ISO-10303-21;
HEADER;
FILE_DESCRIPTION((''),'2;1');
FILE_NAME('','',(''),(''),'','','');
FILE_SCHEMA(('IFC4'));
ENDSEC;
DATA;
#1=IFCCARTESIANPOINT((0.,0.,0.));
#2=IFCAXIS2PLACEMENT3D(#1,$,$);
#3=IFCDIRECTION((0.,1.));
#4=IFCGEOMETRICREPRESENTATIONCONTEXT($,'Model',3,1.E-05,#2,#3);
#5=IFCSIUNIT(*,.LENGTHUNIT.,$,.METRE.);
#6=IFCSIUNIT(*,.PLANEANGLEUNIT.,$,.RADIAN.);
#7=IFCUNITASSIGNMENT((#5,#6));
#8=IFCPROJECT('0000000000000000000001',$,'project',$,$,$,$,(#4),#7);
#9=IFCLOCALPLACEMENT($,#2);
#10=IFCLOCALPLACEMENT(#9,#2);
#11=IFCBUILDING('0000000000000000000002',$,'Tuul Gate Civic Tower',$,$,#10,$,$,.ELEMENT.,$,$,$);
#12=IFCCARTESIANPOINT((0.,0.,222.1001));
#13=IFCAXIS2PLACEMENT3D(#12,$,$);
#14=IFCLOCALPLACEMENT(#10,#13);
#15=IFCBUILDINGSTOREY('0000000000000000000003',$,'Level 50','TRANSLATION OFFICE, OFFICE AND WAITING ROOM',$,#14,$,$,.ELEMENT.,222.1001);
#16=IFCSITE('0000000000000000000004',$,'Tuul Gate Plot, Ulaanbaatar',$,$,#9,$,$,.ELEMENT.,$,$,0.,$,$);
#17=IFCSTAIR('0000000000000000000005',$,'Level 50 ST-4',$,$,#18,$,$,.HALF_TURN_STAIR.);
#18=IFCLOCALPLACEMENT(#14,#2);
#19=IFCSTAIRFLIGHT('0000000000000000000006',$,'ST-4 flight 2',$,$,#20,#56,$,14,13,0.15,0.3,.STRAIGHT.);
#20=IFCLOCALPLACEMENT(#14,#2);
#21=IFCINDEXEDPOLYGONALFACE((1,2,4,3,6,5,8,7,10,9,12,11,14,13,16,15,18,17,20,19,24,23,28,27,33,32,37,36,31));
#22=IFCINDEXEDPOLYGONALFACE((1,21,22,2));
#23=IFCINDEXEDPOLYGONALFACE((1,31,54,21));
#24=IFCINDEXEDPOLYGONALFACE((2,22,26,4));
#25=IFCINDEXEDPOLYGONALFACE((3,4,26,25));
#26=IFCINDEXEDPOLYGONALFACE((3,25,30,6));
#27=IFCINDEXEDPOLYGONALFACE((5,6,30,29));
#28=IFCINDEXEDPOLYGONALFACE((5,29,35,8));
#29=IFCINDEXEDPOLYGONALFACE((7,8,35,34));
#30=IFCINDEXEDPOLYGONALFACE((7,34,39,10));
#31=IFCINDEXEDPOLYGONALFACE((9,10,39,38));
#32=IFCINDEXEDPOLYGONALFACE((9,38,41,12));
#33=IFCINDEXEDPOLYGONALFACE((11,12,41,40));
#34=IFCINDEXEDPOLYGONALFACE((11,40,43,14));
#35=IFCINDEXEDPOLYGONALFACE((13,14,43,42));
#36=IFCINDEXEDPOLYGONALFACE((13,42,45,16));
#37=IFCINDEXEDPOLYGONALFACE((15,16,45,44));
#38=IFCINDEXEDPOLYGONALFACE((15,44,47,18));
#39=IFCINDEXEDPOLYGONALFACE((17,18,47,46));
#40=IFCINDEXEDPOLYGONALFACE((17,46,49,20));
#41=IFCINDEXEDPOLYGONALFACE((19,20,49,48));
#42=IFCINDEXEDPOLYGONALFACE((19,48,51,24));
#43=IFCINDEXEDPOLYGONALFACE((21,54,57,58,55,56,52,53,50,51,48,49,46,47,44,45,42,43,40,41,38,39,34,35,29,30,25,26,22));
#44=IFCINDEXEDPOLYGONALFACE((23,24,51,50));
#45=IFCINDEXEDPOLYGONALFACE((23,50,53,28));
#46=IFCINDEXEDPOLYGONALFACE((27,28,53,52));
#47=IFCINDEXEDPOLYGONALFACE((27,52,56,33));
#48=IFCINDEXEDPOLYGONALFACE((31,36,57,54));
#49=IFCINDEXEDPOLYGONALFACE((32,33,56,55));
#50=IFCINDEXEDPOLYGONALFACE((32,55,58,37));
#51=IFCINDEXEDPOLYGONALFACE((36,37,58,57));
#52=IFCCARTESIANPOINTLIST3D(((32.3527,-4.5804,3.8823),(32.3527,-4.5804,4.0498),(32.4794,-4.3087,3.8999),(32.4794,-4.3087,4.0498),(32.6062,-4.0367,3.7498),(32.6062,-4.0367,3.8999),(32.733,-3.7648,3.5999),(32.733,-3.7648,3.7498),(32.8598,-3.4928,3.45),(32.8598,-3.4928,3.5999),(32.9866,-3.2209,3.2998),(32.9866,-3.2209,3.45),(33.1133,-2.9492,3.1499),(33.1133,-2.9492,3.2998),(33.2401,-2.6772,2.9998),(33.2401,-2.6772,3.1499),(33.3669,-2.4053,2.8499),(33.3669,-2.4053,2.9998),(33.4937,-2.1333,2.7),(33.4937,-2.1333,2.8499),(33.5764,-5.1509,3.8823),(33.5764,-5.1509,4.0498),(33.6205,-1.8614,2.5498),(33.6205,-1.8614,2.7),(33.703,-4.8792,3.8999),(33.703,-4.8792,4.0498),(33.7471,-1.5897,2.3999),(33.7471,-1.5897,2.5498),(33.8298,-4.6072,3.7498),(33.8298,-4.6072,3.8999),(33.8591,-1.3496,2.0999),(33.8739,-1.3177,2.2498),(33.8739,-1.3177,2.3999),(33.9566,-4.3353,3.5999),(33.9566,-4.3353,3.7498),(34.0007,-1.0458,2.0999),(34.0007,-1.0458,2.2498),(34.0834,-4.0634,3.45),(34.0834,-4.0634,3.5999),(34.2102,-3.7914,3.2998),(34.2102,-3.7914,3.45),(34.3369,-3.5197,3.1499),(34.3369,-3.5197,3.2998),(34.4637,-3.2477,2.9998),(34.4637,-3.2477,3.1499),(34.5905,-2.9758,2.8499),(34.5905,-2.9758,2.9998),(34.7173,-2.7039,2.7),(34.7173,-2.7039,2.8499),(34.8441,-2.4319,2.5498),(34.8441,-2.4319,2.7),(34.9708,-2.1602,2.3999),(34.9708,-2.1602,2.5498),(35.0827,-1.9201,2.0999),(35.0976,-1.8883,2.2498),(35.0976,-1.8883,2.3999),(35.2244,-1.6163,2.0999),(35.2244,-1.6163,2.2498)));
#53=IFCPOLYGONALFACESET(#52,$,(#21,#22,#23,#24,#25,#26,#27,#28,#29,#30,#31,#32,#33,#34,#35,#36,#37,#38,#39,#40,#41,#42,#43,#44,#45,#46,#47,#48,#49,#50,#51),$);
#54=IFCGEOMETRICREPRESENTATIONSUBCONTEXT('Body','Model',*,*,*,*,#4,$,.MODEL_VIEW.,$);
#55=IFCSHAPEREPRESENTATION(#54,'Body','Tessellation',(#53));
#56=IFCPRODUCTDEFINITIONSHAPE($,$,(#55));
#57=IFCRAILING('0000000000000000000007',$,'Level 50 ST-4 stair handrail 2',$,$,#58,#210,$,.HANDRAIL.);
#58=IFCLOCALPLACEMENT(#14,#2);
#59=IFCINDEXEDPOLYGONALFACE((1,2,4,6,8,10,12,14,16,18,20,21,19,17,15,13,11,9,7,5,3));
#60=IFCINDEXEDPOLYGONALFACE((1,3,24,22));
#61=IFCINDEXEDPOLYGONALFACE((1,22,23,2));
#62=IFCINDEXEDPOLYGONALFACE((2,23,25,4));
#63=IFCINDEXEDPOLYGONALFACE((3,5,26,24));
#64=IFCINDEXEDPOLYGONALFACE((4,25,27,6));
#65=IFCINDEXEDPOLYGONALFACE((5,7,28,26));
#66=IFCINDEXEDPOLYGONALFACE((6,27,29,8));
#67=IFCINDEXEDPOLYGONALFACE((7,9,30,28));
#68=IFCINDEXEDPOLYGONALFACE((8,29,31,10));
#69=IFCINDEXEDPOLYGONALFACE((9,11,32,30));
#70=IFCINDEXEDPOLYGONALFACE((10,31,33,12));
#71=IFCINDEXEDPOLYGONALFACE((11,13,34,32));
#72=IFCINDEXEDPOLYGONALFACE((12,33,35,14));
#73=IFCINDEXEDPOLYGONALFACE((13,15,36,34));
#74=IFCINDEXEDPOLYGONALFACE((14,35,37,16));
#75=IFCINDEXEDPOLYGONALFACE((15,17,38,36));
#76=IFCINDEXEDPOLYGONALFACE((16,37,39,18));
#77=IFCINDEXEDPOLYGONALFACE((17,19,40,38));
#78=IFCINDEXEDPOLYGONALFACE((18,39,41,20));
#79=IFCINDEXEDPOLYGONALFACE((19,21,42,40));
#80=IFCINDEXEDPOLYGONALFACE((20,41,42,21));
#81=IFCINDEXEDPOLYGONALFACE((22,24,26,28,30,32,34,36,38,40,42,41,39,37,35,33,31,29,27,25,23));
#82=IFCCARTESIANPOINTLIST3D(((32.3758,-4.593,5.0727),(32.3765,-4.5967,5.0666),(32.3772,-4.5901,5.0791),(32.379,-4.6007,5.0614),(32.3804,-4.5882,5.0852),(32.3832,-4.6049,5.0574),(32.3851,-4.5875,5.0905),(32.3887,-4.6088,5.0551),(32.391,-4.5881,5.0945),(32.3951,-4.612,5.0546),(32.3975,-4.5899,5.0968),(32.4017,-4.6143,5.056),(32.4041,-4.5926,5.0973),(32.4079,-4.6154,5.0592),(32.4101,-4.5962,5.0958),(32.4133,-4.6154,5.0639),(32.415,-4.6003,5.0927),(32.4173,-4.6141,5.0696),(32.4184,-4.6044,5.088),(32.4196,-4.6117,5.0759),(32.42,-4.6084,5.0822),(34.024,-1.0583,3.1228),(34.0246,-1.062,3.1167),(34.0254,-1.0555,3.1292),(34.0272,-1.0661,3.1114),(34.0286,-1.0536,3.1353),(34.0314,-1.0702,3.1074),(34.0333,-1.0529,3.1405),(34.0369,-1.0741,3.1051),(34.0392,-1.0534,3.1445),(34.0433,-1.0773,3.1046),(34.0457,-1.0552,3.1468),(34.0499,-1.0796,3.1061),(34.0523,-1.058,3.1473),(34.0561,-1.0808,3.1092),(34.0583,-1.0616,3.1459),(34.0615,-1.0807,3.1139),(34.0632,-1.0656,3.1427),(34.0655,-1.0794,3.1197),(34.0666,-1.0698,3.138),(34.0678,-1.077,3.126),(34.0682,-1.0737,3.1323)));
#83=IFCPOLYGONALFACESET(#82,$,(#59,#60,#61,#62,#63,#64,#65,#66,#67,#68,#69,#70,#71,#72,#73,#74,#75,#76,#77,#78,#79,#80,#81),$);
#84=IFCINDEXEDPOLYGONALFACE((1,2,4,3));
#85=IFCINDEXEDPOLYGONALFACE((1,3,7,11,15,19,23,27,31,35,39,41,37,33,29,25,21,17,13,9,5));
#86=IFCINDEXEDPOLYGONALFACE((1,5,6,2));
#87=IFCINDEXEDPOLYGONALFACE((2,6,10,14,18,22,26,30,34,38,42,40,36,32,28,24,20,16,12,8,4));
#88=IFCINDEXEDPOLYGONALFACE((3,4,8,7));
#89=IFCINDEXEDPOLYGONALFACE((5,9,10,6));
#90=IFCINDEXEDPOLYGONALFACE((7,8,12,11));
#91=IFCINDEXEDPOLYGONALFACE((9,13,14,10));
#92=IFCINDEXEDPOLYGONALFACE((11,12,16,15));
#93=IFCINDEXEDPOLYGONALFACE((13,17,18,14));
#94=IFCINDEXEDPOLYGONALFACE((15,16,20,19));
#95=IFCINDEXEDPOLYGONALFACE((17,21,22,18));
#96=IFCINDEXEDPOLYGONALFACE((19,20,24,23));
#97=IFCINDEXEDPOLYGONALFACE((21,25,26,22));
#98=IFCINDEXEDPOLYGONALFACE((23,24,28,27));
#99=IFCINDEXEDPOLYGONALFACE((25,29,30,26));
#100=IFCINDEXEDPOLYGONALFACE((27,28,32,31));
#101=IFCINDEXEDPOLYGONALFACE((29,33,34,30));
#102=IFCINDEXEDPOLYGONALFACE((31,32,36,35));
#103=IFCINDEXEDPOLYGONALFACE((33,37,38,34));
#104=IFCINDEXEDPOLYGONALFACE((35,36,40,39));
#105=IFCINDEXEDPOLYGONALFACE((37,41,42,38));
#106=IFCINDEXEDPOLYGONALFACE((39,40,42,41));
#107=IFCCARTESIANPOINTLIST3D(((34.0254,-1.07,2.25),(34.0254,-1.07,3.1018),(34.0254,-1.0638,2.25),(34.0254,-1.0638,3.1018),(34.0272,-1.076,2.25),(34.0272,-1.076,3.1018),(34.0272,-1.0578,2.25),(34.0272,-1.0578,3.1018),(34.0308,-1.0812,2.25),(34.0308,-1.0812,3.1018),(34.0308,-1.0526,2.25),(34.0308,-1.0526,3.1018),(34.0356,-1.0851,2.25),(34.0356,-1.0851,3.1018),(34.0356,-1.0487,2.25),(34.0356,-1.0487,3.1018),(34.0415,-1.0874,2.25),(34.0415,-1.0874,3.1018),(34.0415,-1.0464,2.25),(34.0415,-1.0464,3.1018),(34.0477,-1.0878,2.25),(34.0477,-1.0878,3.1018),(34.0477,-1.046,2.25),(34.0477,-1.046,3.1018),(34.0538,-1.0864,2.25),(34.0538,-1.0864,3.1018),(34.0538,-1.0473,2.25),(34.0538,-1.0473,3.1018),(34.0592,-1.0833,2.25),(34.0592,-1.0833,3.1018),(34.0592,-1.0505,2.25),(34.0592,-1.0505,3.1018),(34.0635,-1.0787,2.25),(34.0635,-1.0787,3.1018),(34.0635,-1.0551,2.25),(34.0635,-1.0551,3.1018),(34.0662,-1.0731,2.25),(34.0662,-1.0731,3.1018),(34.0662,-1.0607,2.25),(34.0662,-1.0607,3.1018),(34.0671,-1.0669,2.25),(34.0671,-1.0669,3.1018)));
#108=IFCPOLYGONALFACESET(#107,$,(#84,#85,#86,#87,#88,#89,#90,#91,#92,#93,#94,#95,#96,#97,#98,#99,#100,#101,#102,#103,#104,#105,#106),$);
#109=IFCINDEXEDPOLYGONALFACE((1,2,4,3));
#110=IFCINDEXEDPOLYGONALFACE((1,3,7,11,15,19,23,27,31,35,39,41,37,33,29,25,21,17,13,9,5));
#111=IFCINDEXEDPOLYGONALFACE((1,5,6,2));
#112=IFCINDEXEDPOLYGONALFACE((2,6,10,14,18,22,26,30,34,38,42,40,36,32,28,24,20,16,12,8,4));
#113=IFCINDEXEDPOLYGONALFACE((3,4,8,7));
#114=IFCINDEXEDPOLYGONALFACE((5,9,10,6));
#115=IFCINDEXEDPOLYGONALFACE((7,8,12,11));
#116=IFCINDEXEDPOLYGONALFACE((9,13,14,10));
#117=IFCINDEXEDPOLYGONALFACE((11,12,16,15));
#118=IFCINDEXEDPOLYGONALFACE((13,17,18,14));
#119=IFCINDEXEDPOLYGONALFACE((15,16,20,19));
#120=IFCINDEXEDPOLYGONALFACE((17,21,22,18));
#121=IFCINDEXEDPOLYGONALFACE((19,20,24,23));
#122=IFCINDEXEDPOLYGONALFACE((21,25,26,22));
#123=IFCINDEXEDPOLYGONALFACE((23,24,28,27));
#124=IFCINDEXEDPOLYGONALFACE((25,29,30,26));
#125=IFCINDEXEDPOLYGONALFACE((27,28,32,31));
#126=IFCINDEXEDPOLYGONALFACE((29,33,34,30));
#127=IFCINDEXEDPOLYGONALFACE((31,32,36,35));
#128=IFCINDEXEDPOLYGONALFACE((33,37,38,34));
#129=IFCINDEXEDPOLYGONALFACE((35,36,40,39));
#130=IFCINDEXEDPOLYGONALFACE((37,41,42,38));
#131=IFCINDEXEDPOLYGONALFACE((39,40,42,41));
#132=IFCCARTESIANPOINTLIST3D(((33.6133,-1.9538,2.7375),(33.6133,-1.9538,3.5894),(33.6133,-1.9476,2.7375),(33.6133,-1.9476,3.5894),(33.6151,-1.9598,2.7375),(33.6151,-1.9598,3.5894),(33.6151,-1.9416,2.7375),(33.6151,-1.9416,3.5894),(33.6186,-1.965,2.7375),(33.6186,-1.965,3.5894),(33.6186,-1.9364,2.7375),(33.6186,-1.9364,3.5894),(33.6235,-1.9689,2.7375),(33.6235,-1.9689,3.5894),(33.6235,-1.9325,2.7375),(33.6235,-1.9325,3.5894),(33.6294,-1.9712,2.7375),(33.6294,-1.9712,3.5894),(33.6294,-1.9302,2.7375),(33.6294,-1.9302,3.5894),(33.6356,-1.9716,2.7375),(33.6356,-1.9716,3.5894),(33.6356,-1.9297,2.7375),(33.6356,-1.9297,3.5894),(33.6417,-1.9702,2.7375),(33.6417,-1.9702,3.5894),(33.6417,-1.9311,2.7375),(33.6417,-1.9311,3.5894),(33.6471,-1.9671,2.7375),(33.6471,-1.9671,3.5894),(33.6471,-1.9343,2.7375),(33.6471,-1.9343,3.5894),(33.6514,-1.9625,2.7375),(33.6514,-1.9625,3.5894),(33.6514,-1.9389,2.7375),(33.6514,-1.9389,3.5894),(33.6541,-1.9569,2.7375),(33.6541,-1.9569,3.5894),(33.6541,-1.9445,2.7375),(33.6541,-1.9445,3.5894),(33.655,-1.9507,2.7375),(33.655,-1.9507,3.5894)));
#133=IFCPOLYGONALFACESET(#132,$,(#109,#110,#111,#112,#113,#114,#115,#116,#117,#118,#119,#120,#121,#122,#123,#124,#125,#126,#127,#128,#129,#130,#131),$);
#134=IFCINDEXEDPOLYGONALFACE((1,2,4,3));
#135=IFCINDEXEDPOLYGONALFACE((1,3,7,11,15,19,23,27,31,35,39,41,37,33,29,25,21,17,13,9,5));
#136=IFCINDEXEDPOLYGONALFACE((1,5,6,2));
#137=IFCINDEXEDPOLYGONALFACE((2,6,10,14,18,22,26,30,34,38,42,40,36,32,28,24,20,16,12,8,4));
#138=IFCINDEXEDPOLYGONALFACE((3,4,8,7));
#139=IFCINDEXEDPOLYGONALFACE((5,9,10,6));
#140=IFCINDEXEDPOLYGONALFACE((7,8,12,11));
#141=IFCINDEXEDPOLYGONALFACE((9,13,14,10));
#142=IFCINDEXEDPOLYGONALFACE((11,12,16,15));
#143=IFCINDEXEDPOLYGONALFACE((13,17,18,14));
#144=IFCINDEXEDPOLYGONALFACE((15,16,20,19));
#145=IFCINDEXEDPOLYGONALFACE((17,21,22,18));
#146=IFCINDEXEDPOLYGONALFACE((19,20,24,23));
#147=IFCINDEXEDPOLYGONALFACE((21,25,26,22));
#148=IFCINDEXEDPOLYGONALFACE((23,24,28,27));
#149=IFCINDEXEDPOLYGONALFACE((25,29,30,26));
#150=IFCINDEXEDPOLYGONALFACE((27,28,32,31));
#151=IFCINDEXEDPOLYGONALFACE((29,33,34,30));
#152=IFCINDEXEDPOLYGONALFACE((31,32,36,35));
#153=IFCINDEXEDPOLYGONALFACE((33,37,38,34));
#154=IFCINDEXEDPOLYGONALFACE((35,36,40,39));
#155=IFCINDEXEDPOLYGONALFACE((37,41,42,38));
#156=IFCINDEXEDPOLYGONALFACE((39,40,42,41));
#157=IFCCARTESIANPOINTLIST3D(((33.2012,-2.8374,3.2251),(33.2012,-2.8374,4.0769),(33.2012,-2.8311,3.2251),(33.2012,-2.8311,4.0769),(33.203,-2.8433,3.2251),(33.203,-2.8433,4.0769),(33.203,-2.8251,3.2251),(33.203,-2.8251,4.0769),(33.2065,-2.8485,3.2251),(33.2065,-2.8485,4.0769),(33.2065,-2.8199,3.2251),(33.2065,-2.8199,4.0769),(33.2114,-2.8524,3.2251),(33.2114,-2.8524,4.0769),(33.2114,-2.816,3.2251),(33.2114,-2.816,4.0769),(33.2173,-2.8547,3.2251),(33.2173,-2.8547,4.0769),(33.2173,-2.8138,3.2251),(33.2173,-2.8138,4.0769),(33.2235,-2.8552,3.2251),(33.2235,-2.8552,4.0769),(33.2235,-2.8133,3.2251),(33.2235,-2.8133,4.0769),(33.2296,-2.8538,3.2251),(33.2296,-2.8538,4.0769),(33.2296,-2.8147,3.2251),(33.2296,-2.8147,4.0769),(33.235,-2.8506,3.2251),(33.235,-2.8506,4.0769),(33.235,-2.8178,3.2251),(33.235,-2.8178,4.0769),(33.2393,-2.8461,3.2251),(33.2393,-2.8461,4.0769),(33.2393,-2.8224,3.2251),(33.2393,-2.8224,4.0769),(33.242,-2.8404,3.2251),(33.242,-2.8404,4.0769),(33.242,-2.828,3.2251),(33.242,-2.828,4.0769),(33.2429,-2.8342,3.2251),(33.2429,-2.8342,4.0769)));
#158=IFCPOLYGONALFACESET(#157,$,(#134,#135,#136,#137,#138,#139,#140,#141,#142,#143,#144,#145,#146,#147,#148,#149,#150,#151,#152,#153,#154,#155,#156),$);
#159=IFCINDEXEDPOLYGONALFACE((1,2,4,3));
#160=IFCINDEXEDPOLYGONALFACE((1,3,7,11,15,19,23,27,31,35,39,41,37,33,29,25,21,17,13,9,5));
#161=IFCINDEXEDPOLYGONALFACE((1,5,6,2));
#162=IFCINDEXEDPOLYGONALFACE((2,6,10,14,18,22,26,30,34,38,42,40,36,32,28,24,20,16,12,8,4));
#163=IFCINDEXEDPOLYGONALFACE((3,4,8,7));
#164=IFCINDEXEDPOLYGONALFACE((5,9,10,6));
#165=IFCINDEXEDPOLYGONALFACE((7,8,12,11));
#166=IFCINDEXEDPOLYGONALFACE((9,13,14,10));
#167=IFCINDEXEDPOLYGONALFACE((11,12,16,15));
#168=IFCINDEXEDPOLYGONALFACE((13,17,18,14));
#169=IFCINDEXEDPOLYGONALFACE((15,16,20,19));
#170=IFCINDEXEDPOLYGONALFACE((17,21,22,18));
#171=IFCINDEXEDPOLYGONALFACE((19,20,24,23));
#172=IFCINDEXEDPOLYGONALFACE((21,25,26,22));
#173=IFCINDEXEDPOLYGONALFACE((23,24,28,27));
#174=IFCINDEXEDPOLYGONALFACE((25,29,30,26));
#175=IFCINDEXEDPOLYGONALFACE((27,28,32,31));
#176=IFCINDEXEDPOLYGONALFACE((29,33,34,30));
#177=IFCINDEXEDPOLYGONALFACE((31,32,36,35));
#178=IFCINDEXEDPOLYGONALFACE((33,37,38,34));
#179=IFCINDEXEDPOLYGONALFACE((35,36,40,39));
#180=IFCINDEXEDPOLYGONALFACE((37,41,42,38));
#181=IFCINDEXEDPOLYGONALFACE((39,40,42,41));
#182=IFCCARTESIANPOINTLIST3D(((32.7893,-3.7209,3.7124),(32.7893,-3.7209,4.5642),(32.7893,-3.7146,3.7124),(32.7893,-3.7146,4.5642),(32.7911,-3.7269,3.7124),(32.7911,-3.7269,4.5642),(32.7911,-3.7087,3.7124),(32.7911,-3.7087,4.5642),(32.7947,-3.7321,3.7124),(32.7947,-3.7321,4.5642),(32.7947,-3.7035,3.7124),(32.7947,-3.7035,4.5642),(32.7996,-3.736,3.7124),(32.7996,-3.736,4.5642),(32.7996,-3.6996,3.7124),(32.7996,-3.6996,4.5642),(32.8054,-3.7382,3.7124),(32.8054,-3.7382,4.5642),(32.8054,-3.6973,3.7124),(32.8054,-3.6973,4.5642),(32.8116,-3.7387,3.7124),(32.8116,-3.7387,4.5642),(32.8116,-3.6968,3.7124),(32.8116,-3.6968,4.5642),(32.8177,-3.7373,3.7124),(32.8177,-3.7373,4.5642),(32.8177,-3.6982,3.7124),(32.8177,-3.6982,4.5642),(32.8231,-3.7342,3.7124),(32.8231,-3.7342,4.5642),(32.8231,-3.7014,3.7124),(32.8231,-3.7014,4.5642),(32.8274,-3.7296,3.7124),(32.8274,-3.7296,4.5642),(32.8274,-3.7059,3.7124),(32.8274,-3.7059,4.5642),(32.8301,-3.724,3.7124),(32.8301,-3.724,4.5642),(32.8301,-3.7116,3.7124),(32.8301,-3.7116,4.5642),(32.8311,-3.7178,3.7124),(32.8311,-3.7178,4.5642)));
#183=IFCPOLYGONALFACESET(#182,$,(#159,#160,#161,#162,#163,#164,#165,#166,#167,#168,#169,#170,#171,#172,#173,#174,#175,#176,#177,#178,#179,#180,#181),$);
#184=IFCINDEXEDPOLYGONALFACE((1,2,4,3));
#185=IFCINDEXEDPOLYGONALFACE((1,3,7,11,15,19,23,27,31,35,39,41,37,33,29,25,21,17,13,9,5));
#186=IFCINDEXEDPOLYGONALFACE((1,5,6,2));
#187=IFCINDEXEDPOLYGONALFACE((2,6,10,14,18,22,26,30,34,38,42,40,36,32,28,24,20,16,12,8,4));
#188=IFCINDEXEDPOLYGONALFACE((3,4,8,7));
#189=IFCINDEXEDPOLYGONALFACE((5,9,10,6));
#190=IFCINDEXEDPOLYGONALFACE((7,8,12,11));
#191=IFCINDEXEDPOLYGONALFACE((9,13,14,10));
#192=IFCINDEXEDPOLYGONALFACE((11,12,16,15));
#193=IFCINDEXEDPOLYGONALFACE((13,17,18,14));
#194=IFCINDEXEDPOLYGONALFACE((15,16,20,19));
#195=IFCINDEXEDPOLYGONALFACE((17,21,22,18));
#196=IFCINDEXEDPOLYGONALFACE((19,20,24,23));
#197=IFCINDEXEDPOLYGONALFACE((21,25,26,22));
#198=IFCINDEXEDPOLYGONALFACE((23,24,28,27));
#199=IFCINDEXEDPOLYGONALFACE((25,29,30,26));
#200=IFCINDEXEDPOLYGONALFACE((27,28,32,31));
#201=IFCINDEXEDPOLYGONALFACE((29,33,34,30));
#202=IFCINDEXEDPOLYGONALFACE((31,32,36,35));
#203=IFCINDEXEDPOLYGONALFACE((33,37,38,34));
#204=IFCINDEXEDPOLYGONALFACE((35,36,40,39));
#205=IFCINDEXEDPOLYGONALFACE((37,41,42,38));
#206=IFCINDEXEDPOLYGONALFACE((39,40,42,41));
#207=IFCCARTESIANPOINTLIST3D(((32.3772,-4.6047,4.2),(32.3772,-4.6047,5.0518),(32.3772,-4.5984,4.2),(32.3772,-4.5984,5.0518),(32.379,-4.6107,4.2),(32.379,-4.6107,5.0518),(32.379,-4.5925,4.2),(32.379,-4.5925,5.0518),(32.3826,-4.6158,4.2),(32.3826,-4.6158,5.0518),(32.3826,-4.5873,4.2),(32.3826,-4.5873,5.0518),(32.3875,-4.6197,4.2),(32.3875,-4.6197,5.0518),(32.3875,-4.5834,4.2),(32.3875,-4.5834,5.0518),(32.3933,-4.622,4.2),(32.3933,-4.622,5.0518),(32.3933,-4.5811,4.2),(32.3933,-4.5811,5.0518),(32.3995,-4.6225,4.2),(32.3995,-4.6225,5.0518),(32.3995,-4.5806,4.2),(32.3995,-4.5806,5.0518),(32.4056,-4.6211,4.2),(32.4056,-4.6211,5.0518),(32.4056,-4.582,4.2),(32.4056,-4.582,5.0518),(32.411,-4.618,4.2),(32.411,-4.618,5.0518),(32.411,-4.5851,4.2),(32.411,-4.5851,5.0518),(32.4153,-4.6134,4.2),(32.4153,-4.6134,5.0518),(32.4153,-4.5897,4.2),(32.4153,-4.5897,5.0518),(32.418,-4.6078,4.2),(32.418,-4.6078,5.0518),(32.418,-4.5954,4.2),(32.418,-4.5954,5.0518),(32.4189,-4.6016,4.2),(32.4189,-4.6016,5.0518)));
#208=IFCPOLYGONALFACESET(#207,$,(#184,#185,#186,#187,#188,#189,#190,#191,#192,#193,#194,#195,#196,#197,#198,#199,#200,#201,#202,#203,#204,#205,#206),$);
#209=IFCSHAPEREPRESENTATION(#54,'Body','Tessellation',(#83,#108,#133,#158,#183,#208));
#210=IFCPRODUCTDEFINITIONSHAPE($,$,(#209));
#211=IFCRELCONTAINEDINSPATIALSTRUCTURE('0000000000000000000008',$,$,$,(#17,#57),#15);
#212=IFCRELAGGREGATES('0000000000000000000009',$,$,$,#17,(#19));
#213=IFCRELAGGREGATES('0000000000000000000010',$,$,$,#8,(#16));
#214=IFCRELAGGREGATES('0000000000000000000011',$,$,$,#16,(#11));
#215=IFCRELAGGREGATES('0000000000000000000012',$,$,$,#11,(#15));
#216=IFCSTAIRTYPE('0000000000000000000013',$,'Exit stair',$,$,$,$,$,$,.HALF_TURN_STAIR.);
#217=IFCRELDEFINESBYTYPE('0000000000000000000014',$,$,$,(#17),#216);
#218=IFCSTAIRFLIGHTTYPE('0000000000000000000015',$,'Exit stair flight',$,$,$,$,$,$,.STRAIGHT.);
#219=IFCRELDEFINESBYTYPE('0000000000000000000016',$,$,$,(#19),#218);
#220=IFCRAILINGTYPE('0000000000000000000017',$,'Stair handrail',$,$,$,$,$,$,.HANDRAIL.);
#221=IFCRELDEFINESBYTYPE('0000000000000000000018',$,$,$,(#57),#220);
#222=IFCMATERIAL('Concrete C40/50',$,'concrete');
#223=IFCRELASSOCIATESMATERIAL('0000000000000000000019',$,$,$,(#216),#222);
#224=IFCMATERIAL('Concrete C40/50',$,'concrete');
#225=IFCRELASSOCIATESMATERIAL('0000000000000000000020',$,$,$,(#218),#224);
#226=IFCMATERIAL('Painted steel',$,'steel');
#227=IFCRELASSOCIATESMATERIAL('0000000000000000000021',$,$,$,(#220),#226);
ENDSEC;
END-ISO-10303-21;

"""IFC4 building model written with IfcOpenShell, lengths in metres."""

from ifc_helpers import new_model, si_unit, direction, frame, origin, origin_2d, place, context, subcontext, project, spatial, polyline, circle, outline, extrude, material, type_object, element, aggregate, save


model = new_model("IFC4")

# Units and contexts
model_context = context("Model", 3, precision=1e-05, world=origin(), true_north=direction((0.0, 1.0)))
body_context = subcontext(model_context, "Body", "Model", "MODEL_VIEW")
ifc_project = project(units=[si_unit("LENGTHUNIT", "METRE"), si_unit("PLANEANGLEUNIT", "RADIAN")], contexts=[model_context])

# Site, building, storey
site_placement = place(None, origin())
site = spatial("IfcSite", under=ifc_project, at=site_placement, Name="Tuul Gate Plot, Ulaanbaatar", CompositionType="ELEMENT", RefElevation=0.0)
building_placement = place(site_placement, origin())
building = spatial("IfcBuilding", under=site, at=building_placement, Name="Tuul Gate Civic Tower", CompositionType="ELEMENT")
storey_placement = place(building_placement, frame((0.0, 0.0, 222.1001)))
storey = spatial("IfcBuildingStorey", under=building, at=storey_placement, Name="Level 50", Description="TRANSLATION OFFICE, OFFICE AND WAITING ROOM", CompositionType="ELEMENT", Elevation=222.1001)

# Stair, stair flight
ifc_material_1 = material(Name="Concrete C40/50", Category="concrete")
stair_type = type_object("IfcStairType", Name="Exit stair", PredefinedType="HALF_TURN_STAIR", material=ifc_material_1)
stair_placement = place(storey_placement, origin())
stair = element("IfcStair", 1, at=stair_placement, inside=storey, type_object=stair_type, Name="Level 50 ST-4", PredefinedType="HALF_TURN_STAIR")
ifc_material_2 = material(Name="Concrete C40/50", Category="concrete")
stair_flight_type = type_object("IfcStairFlightType", Name="Exit stair flight", PredefinedType="STRAIGHT", material=ifc_material_2)
stair_flight_placement = place(storey_placement, frame((34.6125, -1.3311, 2.0999), z_axis=(0.0, 0.0, 1.0), x_axis=(-0.422576, -0.906327, 0.0)))
stair_flight = element("IfcStairFlight", 2, at=stair_flight_placement, type_object=stair_flight_type, Name="ST-4 flight 2", NumberOfRisers=14, NumberOfTreads=13, PredefinedType="STRAIGHT", RiserHeight=0.15, TreadLength=0.3, context=body_context, shape_type="SweptSolid", body=[
    extrude(outline(polyline([(0.0, 0.0), (0.0, 0.1499), (0.3, 0.1499), (0.3, 0.3), (0.6001, 0.3), (0.6001, 0.45), (0.8999, 0.45), (0.8999, 0.6001), (1.2, 0.6001), (1.2, 0.75), (1.5, 0.75), (1.5, 0.8999), (1.8, 0.8999), (1.8, 1.05), (2.1001, 1.05), (2.1001, 1.2), (2.3999, 1.2), (2.3999, 1.3501), (2.7, 1.3501), (2.7, 1.5), (3.0, 1.5), (3.0, 1.6499), (3.3, 1.6499), (3.3, 1.8), (3.6001, 1.8), (3.6001, 1.95), (3.8999, 1.95), (3.8999, 2.1001), (3.8999, 1.7825), (0.3352, 0.0), (0.0, 0.0)])), frame((0.0, 0.675, 0.0), z_axis=(0.0, -1.0, 0.0), x_axis=(1.0, 0.0, 0.0)), (0.0, 0.0, 1.0), 1.3501),
])
aggregate(stair, [stair_flight])

# Railing
ifc_material_3 = material(Name="Painted steel", Category="steel")
railing_type = type_object("IfcRailingType", Name="Stair handrail", PredefinedType="HANDRAIL", material=ifc_material_3)
railing_placement = place(storey_placement, frame((34.0461, -1.0669, 2.25)))
element("IfcRailing", 3, at=railing_placement, inside=storey, type_object=railing_type, Name="Level 50 ST-4 stair handrail 2", PredefinedType="HANDRAIL", context=body_context, shape_type="SweptSolid", body=[
    extrude(circle(Radius=0.0239, at=origin_2d()), frame((0.0, 0.0, 0.876), z_axis=(-0.377995, -0.810637, 0.4472), x_axis=(0.906313, -0.422608, 0.0)), (0.0, 0.0, 1.0), 4.3604),
    extrude(circle(Radius=0.021, at=origin_2d()), origin(), (0.0, 0.0, 1.0), 0.8518),
    extrude(circle(Radius=0.021, at=origin_2d()), frame((-0.4121, -0.8838, 0.4875)), (0.0, 0.0, 1.0), 0.8518),
    extrude(circle(Radius=0.021, at=origin_2d()), frame((-0.8242, -1.7673, 0.9751)), (0.0, 0.0, 1.0), 0.8518),
    extrude(circle(Radius=0.021, at=origin_2d()), frame((-1.2361, -2.6509, 1.4624)), (0.0, 0.0, 1.0), 0.8518),
    extrude(circle(Radius=0.021, at=origin_2d()), frame((-1.6482, -3.5347, 1.95)), (0.0, 0.0, 1.0), 0.8518),
])

save(model, "model.ifc")
